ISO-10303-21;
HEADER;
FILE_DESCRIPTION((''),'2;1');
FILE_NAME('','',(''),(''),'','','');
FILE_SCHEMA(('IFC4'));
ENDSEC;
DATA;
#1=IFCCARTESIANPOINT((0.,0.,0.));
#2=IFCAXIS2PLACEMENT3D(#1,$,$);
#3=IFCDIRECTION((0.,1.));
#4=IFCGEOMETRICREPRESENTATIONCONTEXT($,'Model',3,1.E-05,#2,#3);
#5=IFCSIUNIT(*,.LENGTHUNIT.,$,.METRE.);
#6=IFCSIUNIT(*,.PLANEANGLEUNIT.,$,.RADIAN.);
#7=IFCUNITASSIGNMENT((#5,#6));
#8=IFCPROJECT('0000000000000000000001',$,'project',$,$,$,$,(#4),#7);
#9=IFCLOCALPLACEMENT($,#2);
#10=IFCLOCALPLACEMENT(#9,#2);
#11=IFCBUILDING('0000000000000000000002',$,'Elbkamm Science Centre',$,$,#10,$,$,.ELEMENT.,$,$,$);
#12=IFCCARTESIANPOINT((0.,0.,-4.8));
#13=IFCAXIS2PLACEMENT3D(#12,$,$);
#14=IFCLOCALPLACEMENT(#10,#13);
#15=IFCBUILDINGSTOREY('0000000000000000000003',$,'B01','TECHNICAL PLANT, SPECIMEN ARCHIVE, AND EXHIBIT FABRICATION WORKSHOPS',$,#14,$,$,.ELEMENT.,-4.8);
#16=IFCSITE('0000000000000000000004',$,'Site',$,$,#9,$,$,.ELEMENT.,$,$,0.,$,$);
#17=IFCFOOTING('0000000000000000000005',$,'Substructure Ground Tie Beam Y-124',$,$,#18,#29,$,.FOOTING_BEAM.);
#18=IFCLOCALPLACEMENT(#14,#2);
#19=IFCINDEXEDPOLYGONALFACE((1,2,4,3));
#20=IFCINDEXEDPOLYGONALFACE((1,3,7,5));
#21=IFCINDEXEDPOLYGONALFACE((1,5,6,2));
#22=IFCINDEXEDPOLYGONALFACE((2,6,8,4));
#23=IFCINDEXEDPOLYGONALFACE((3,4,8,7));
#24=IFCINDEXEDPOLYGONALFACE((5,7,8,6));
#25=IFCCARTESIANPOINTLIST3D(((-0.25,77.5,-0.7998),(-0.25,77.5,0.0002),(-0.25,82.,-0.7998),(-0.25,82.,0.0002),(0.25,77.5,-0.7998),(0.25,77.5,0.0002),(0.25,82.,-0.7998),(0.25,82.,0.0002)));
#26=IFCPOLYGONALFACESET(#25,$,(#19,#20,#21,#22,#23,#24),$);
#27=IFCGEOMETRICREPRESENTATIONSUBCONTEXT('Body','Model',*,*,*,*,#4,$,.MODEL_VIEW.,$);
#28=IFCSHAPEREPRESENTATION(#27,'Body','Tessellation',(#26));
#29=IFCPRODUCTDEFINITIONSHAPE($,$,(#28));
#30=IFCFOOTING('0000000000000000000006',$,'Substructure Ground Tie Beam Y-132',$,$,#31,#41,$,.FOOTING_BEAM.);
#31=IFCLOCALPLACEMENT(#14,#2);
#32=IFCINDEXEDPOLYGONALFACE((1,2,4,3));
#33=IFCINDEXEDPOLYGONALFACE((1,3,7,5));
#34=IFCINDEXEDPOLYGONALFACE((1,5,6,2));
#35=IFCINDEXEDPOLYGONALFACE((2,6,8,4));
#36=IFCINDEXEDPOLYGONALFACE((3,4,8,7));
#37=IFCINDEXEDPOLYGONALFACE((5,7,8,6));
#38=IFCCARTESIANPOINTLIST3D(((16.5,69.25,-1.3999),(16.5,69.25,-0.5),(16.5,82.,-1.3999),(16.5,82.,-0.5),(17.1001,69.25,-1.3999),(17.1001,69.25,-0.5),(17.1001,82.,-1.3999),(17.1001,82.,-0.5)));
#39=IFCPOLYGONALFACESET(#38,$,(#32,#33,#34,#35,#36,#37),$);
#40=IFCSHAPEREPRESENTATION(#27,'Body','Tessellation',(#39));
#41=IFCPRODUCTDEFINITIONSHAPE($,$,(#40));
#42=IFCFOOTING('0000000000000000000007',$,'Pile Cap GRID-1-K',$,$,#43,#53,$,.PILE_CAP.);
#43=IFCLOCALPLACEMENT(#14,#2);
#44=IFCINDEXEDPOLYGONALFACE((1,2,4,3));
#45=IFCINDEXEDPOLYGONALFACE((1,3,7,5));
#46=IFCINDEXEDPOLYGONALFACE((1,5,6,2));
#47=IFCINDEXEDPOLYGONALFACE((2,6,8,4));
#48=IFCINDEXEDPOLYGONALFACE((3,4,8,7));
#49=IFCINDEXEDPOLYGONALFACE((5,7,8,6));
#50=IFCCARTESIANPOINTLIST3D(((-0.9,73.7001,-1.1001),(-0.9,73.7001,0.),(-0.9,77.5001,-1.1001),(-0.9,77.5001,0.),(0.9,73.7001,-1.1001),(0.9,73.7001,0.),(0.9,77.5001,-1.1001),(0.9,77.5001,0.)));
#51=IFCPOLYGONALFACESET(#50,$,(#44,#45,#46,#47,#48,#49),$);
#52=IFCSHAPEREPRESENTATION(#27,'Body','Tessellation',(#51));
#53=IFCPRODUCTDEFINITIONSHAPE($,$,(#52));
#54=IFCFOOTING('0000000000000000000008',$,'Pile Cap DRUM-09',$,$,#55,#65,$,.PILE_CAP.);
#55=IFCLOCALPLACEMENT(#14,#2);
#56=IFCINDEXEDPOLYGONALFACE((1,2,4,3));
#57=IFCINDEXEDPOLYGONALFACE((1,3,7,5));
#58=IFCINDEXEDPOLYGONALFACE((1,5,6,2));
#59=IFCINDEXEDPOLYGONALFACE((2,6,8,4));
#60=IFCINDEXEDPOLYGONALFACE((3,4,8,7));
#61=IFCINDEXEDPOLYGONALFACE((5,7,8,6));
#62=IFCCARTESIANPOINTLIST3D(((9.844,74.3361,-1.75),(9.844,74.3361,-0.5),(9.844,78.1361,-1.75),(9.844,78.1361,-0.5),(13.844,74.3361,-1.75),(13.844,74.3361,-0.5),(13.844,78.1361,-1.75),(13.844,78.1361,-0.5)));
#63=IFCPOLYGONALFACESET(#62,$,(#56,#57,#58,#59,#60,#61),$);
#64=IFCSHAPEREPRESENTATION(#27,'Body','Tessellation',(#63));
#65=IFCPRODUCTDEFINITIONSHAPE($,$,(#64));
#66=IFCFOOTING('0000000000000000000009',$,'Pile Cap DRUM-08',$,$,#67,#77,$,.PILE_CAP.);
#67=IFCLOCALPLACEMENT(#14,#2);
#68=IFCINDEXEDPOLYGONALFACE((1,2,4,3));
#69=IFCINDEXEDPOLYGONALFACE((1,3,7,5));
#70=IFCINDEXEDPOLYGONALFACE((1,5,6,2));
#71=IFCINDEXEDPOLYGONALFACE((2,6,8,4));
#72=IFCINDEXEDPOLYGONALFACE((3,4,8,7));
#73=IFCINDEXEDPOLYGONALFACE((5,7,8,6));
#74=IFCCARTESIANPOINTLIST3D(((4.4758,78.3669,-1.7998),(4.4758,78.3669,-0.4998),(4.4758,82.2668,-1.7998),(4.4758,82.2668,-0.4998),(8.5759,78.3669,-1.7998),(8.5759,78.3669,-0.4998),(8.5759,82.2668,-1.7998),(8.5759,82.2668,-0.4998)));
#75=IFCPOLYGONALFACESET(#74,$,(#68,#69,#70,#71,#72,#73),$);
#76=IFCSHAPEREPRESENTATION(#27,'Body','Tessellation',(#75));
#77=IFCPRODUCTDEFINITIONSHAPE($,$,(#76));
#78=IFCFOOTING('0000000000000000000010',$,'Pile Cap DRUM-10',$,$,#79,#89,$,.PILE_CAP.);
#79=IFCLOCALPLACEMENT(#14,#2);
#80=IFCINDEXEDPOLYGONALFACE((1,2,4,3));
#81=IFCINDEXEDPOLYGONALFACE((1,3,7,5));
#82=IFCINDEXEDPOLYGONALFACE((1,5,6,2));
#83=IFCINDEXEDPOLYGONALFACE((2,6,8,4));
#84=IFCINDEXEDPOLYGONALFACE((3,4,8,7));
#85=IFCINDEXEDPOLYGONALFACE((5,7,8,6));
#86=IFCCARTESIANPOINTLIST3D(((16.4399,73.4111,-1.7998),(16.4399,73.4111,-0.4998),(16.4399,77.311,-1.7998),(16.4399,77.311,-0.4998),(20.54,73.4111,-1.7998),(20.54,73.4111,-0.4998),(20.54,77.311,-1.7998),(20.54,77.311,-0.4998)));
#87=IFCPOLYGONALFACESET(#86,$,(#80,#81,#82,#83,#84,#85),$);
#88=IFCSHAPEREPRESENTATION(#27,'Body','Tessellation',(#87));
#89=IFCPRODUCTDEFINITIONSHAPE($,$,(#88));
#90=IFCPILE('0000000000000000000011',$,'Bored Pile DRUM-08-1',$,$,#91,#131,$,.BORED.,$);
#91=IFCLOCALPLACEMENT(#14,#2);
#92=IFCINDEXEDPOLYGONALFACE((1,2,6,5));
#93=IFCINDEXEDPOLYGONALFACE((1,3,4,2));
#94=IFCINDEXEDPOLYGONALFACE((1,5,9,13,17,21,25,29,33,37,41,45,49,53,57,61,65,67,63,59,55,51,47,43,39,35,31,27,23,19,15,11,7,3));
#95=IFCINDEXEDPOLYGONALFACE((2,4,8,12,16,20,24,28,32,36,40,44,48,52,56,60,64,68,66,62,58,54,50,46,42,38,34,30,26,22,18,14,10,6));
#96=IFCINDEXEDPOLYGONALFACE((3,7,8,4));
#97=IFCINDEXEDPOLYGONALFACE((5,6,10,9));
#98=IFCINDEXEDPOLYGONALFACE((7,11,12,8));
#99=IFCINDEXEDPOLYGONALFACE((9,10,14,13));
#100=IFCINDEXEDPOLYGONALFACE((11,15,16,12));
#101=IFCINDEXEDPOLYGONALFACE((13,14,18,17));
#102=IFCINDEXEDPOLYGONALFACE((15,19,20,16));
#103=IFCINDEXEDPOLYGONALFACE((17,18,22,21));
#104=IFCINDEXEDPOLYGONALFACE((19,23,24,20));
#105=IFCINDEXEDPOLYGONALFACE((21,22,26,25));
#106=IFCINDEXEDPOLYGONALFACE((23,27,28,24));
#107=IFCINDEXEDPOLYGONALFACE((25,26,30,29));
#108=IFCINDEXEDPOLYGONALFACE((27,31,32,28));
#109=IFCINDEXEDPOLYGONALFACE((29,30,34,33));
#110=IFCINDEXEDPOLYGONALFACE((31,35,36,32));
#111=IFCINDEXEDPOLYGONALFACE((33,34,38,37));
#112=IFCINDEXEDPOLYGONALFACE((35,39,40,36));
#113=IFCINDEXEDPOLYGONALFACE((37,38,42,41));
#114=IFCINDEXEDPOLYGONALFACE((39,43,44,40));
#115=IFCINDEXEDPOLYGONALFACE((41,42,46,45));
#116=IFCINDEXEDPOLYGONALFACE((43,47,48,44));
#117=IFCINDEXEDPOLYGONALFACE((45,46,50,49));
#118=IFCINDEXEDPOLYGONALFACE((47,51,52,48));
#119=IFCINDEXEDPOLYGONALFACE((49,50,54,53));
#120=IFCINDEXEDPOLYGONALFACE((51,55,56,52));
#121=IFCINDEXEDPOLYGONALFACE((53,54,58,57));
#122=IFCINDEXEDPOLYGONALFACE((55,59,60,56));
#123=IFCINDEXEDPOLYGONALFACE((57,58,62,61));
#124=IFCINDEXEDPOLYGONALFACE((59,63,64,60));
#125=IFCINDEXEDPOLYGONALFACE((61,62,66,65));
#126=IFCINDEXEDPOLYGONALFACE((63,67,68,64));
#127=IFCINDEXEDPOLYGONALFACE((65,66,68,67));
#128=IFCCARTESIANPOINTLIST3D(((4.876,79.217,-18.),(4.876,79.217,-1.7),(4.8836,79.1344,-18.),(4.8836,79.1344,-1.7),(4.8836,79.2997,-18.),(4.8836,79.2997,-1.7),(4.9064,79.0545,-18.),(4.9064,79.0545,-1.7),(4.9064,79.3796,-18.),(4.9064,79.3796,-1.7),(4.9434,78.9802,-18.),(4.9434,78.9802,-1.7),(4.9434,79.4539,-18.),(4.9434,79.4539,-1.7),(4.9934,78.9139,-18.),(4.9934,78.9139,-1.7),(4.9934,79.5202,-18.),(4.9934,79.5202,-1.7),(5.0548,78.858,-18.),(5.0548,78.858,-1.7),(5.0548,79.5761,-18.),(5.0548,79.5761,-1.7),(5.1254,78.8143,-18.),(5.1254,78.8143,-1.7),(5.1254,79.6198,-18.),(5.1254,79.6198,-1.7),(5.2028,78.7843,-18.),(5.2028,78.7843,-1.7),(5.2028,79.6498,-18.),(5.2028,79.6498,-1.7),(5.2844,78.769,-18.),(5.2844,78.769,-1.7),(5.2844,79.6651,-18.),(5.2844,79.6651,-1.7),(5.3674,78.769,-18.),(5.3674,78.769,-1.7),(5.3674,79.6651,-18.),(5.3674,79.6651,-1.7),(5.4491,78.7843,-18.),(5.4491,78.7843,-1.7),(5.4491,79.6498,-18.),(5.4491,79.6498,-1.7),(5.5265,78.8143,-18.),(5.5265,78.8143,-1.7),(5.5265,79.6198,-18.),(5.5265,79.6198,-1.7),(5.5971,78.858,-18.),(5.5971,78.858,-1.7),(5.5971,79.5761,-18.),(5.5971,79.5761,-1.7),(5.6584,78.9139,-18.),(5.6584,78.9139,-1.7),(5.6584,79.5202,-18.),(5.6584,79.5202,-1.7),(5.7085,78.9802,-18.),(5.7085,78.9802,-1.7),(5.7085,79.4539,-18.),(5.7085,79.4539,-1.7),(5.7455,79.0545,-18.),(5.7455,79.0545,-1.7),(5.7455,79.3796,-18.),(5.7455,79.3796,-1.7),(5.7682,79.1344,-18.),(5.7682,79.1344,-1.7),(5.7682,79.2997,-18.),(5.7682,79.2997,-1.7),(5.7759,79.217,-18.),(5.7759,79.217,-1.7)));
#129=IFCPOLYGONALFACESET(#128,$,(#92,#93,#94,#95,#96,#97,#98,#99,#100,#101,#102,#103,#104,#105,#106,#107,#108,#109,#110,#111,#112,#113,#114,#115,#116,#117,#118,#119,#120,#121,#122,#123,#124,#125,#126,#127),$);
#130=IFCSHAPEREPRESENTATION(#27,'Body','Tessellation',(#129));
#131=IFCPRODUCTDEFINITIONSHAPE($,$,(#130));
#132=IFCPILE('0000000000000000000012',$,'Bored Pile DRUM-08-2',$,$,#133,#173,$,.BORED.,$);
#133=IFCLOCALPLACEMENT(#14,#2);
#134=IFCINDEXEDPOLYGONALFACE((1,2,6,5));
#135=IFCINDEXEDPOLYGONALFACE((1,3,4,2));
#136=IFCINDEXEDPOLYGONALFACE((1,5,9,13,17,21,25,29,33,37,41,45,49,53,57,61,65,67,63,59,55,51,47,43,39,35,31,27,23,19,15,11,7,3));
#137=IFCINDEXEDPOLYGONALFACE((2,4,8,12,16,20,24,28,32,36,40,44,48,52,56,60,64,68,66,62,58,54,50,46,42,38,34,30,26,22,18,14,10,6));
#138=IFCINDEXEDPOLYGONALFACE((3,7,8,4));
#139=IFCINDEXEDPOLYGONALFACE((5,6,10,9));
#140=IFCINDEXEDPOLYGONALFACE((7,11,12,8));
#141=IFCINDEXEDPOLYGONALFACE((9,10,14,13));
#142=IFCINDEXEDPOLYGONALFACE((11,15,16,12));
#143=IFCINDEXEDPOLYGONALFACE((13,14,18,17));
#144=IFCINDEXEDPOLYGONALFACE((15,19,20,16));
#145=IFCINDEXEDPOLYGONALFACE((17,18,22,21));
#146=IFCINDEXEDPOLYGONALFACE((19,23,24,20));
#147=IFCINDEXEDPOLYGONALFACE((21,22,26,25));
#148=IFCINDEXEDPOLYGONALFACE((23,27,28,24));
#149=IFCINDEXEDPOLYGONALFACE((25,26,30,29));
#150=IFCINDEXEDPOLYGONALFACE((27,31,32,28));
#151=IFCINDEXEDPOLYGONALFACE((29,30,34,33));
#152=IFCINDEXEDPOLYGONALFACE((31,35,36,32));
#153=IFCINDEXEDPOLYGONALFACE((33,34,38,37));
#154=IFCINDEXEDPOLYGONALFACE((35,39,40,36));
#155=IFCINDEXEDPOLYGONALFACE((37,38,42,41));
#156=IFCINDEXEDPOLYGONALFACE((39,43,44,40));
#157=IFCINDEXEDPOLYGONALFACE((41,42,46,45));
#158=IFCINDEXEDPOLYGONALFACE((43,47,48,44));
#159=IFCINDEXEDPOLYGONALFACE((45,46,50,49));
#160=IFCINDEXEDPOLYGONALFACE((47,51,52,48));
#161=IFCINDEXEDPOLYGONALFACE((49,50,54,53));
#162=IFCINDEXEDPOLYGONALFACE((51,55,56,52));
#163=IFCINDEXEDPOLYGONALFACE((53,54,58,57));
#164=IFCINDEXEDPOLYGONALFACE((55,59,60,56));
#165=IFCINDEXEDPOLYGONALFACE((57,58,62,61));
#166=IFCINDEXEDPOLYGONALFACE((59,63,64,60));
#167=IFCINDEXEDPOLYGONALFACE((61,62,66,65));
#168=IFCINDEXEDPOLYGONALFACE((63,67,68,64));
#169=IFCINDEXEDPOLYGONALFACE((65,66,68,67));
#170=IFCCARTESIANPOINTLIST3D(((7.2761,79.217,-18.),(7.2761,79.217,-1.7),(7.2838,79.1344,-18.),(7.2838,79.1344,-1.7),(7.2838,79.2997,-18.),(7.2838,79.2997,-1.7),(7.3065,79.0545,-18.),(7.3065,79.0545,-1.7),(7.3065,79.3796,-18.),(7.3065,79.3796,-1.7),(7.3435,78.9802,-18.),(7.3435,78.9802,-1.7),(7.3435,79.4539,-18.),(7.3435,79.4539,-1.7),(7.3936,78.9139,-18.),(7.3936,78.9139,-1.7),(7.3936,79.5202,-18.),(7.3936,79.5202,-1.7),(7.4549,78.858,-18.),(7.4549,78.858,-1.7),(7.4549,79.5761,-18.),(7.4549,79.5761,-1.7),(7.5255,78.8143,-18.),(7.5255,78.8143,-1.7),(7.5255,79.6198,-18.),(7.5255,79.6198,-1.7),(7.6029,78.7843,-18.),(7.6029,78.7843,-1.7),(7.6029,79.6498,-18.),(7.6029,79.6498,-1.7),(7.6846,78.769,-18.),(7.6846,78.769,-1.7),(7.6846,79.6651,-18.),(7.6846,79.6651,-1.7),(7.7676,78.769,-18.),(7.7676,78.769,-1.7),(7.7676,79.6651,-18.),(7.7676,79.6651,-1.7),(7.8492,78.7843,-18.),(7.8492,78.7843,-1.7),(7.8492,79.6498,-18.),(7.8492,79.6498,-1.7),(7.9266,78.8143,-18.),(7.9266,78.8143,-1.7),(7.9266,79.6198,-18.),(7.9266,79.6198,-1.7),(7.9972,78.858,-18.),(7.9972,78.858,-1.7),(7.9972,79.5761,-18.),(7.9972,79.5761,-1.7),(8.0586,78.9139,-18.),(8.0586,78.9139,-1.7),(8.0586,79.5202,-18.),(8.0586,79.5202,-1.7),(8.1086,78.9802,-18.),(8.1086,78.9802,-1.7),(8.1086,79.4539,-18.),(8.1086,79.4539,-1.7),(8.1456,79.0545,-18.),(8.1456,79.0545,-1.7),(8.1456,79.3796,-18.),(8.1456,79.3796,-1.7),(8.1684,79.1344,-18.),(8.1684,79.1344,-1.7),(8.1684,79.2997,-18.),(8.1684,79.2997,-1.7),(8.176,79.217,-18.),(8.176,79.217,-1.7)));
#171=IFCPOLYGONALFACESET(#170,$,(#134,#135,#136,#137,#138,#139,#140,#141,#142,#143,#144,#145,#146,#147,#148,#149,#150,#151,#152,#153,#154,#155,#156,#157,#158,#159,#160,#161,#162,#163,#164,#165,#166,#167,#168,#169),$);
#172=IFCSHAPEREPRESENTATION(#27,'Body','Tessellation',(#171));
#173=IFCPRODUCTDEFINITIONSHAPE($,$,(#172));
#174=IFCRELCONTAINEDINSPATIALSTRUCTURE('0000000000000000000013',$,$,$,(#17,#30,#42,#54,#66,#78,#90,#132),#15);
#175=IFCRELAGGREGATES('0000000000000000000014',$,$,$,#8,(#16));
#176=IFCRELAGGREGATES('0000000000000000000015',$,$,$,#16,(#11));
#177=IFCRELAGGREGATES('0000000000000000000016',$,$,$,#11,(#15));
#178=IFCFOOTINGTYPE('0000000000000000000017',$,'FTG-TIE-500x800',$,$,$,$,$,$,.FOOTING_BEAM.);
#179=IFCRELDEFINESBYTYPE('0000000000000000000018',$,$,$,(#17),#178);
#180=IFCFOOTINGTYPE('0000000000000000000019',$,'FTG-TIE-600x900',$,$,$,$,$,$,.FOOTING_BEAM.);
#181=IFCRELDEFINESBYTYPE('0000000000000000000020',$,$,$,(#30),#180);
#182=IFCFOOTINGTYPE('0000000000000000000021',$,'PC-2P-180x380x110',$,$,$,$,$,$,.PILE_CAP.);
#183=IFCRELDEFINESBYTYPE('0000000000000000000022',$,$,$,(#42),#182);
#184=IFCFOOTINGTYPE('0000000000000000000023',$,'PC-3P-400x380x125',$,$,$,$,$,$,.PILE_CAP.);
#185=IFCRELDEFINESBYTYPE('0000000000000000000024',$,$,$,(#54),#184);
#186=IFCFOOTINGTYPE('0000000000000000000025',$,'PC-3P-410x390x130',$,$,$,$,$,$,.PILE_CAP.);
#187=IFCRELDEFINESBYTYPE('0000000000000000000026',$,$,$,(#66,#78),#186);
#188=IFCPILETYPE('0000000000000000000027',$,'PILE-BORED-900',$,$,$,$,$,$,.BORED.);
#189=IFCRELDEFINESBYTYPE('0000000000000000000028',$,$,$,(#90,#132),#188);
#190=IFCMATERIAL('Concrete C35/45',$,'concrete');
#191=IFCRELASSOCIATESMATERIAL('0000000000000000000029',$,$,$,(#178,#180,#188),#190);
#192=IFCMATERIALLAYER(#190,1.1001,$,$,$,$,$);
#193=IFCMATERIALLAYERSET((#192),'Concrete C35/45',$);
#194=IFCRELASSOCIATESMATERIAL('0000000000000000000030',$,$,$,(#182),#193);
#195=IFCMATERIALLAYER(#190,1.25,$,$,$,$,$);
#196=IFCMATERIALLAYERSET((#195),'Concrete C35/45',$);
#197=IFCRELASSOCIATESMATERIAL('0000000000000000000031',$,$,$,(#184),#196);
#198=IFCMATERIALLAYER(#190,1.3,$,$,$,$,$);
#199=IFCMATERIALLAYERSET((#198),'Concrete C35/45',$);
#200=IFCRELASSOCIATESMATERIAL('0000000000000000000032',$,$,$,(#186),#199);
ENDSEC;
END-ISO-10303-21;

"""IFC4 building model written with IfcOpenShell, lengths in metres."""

from ifc_helpers import new_model, si_unit, direction, frame, origin, origin_2d, place, context, subcontext, project, spatial, rectangle, circle, extrude, material, layer, layer_set, material_profile, profile_set, type_object, element, save


model = new_model("IFC4")

# Units and contexts
model_context = context("Model", 3, precision=1e-05, world=origin(), true_north=direction((0.0, 1.0)))
body_context = subcontext(model_context, "Body", "Model", "MODEL_VIEW")
ifc_project = project(units=[si_unit("LENGTHUNIT", "METRE"), si_unit("PLANEANGLEUNIT", "RADIAN")], contexts=[model_context])

# Site, building, storey
site_placement = place(None, origin())
site = spatial("IfcSite", under=ifc_project, at=site_placement, Name="Site", CompositionType="ELEMENT", RefElevation=0.0)
building_placement = place(site_placement, origin())
building = spatial("IfcBuilding", under=site, at=building_placement, Name="Elbkamm Science Centre", CompositionType="ELEMENT")
storey_placement = place(building_placement, frame((0.0, 0.0, -4.8)))
storey = spatial("IfcBuildingStorey", under=building, at=storey_placement, Name="B01", Description="TECHNICAL PLANT, SPECIMEN ARCHIVE, AND EXHIBIT FABRICATION WORKSHOPS", CompositionType="ELEMENT", Elevation=-4.8)

# Footings
ifc_material_1 = material(Name="Concrete C35/45", Category="concrete")
footing_type_1 = type_object("IfcFootingType", Name="FTG-TIE-500x800", PredefinedType="FOOTING_BEAM", material=ifc_material_1)
footing_1_placement = place(storey_placement, frame((0.0, 79.75, -0.7998), z_axis=(0.0, 0.0, 1.0), x_axis=(1.0, 0.0, 0.0)))
element("IfcFooting", 1, at=footing_1_placement, inside=storey, type_object=footing_type_1, Name="Substructure Ground Tie Beam Y-124", PredefinedType="FOOTING_BEAM", context=body_context, shape_type="SweptSolid", body=[
    extrude(rectangle(XDim=0.5, YDim=4.5, at=origin_2d()), origin(), (0.0, 0.0, 1.0), 0.8),
])
footing_type_2 = type_object("IfcFootingType", Name="FTG-TIE-600x900", PredefinedType="FOOTING_BEAM", material=ifc_material_1)
footing_2_placement = place(storey_placement, frame((16.8, 75.625, -1.3999), z_axis=(0.0, 0.0, 1.0), x_axis=(1.0, 0.0, 0.0)))
element("IfcFooting", 2, at=footing_2_placement, inside=storey, type_object=footing_type_2, Name="Substructure Ground Tie Beam Y-132", PredefinedType="FOOTING_BEAM", context=body_context, shape_type="SweptSolid", body=[
    extrude(rectangle(XDim=0.6001, YDim=12.75, at=origin_2d()), origin(), (0.0, 0.0, 1.0), 0.8999),
])
ifc_layer_1 = layer(ifc_material_1, 1.1001)
ifc_layer_set_1 = layer_set([ifc_layer_1], Name="Concrete C35/45")
footing_type_3 = type_object("IfcFootingType", Name="PC-2P-180x380x110", PredefinedType="PILE_CAP", material=ifc_layer_set_1)
footing_3_placement = place(storey_placement, frame((0.0, 75.6001, -1.1001), z_axis=(0.0, 0.0, 1.0), x_axis=(1.0, 0.0, 0.0)))
element("IfcFooting", 3, at=footing_3_placement, inside=storey, type_object=footing_type_3, Name="Pile Cap GRID-1-K", PredefinedType="PILE_CAP", context=body_context, shape_type="SweptSolid", body=[
    extrude(rectangle(XDim=1.8, YDim=3.8, at=origin_2d()), origin(), (0.0, 0.0, 1.0), 1.1001),
])
ifc_layer_2 = layer(ifc_material_1, 1.25)
ifc_layer_set_2 = layer_set([ifc_layer_2], Name="Concrete C35/45")
footing_type_4 = type_object("IfcFootingType", Name="PC-3P-400x380x125", PredefinedType="PILE_CAP", material=ifc_layer_set_2)
footing_4_placement = place(storey_placement, frame((11.844, 76.2361, -1.75), z_axis=(0.0, 0.0, 1.0), x_axis=(1.0, 0.0, 0.0)))
element("IfcFooting", 4, at=footing_4_placement, inside=storey, type_object=footing_type_4, Name="Pile Cap DRUM-09", PredefinedType="PILE_CAP", context=body_context, shape_type="SweptSolid", body=[
    extrude(rectangle(XDim=4.0, YDim=3.8, at=origin_2d()), origin(), (0.0, 0.0, 1.0), 1.25),
])
ifc_layer_3 = layer(ifc_material_1, 1.3)
ifc_layer_set_3 = layer_set([ifc_layer_3], Name="Concrete C35/45")
footing_type_5 = type_object("IfcFootingType", Name="PC-3P-410x390x130", PredefinedType="PILE_CAP", material=ifc_layer_set_3)
for number, where, z_axis, x_axis, name in (
    (5, (6.5259, 80.3169, -1.7998), (0.0, 0.0, 1.0), (1.0, 0.0, 0.0), "Pile Cap DRUM-08"),
    (6, (18.49, 75.3611, -1.7998), (0.0, 0.0, 1.0), (1.0, 0.0, 0.0), "Pile Cap DRUM-10"),
):
    element("IfcFooting", number, at=place(storey_placement, frame(where, z_axis=z_axis, x_axis=x_axis)), inside=storey, type_object=footing_type_5, Name=name, PredefinedType="PILE_CAP", context=body_context, shape_type="SweptSolid", body=[
        extrude(rectangle(XDim=4.1001, YDim=3.8999, at=origin_2d()), origin(), (0.0, 0.0, 1.0), 1.3),
    ])

# Piles
ifc_material_profile_1 = material_profile(ifc_material_1, circle(Radius=0.45, at=origin_2d()), Name="PILE D900")
ifc_profile_set_1 = profile_set([ifc_material_profile_1], Name="Concrete C35/45")
pile_type = type_object("IfcPileType", Name="PILE-BORED-900", PredefinedType="BORED", material=ifc_profile_set_1)
for number, where, z_axis, x_axis, name in (
    (7, (5.3259, 79.217, -1.7), (0.0, 0.0, -1.0), (1.0, 0.0, 0.0), "Bored Pile DRUM-08-1"),
    (8, (7.7261, 79.217, -1.7), (0.0, 0.0, -1.0), (1.0, 0.0, 0.0), "Bored Pile DRUM-08-2"),
):
    element("IfcPile", number, at=place(storey_placement, frame(where, z_axis=z_axis, x_axis=x_axis)), inside=storey, type_object=pile_type, Name=name, PredefinedType="BORED", context=body_context, shape_type="SweptSolid", body=[
        extrude(circle(Radius=0.45, at=origin_2d()), origin(), (0.0, 0.0, 1.0), 16.3),
    ])

save(model, "model.ifc")
